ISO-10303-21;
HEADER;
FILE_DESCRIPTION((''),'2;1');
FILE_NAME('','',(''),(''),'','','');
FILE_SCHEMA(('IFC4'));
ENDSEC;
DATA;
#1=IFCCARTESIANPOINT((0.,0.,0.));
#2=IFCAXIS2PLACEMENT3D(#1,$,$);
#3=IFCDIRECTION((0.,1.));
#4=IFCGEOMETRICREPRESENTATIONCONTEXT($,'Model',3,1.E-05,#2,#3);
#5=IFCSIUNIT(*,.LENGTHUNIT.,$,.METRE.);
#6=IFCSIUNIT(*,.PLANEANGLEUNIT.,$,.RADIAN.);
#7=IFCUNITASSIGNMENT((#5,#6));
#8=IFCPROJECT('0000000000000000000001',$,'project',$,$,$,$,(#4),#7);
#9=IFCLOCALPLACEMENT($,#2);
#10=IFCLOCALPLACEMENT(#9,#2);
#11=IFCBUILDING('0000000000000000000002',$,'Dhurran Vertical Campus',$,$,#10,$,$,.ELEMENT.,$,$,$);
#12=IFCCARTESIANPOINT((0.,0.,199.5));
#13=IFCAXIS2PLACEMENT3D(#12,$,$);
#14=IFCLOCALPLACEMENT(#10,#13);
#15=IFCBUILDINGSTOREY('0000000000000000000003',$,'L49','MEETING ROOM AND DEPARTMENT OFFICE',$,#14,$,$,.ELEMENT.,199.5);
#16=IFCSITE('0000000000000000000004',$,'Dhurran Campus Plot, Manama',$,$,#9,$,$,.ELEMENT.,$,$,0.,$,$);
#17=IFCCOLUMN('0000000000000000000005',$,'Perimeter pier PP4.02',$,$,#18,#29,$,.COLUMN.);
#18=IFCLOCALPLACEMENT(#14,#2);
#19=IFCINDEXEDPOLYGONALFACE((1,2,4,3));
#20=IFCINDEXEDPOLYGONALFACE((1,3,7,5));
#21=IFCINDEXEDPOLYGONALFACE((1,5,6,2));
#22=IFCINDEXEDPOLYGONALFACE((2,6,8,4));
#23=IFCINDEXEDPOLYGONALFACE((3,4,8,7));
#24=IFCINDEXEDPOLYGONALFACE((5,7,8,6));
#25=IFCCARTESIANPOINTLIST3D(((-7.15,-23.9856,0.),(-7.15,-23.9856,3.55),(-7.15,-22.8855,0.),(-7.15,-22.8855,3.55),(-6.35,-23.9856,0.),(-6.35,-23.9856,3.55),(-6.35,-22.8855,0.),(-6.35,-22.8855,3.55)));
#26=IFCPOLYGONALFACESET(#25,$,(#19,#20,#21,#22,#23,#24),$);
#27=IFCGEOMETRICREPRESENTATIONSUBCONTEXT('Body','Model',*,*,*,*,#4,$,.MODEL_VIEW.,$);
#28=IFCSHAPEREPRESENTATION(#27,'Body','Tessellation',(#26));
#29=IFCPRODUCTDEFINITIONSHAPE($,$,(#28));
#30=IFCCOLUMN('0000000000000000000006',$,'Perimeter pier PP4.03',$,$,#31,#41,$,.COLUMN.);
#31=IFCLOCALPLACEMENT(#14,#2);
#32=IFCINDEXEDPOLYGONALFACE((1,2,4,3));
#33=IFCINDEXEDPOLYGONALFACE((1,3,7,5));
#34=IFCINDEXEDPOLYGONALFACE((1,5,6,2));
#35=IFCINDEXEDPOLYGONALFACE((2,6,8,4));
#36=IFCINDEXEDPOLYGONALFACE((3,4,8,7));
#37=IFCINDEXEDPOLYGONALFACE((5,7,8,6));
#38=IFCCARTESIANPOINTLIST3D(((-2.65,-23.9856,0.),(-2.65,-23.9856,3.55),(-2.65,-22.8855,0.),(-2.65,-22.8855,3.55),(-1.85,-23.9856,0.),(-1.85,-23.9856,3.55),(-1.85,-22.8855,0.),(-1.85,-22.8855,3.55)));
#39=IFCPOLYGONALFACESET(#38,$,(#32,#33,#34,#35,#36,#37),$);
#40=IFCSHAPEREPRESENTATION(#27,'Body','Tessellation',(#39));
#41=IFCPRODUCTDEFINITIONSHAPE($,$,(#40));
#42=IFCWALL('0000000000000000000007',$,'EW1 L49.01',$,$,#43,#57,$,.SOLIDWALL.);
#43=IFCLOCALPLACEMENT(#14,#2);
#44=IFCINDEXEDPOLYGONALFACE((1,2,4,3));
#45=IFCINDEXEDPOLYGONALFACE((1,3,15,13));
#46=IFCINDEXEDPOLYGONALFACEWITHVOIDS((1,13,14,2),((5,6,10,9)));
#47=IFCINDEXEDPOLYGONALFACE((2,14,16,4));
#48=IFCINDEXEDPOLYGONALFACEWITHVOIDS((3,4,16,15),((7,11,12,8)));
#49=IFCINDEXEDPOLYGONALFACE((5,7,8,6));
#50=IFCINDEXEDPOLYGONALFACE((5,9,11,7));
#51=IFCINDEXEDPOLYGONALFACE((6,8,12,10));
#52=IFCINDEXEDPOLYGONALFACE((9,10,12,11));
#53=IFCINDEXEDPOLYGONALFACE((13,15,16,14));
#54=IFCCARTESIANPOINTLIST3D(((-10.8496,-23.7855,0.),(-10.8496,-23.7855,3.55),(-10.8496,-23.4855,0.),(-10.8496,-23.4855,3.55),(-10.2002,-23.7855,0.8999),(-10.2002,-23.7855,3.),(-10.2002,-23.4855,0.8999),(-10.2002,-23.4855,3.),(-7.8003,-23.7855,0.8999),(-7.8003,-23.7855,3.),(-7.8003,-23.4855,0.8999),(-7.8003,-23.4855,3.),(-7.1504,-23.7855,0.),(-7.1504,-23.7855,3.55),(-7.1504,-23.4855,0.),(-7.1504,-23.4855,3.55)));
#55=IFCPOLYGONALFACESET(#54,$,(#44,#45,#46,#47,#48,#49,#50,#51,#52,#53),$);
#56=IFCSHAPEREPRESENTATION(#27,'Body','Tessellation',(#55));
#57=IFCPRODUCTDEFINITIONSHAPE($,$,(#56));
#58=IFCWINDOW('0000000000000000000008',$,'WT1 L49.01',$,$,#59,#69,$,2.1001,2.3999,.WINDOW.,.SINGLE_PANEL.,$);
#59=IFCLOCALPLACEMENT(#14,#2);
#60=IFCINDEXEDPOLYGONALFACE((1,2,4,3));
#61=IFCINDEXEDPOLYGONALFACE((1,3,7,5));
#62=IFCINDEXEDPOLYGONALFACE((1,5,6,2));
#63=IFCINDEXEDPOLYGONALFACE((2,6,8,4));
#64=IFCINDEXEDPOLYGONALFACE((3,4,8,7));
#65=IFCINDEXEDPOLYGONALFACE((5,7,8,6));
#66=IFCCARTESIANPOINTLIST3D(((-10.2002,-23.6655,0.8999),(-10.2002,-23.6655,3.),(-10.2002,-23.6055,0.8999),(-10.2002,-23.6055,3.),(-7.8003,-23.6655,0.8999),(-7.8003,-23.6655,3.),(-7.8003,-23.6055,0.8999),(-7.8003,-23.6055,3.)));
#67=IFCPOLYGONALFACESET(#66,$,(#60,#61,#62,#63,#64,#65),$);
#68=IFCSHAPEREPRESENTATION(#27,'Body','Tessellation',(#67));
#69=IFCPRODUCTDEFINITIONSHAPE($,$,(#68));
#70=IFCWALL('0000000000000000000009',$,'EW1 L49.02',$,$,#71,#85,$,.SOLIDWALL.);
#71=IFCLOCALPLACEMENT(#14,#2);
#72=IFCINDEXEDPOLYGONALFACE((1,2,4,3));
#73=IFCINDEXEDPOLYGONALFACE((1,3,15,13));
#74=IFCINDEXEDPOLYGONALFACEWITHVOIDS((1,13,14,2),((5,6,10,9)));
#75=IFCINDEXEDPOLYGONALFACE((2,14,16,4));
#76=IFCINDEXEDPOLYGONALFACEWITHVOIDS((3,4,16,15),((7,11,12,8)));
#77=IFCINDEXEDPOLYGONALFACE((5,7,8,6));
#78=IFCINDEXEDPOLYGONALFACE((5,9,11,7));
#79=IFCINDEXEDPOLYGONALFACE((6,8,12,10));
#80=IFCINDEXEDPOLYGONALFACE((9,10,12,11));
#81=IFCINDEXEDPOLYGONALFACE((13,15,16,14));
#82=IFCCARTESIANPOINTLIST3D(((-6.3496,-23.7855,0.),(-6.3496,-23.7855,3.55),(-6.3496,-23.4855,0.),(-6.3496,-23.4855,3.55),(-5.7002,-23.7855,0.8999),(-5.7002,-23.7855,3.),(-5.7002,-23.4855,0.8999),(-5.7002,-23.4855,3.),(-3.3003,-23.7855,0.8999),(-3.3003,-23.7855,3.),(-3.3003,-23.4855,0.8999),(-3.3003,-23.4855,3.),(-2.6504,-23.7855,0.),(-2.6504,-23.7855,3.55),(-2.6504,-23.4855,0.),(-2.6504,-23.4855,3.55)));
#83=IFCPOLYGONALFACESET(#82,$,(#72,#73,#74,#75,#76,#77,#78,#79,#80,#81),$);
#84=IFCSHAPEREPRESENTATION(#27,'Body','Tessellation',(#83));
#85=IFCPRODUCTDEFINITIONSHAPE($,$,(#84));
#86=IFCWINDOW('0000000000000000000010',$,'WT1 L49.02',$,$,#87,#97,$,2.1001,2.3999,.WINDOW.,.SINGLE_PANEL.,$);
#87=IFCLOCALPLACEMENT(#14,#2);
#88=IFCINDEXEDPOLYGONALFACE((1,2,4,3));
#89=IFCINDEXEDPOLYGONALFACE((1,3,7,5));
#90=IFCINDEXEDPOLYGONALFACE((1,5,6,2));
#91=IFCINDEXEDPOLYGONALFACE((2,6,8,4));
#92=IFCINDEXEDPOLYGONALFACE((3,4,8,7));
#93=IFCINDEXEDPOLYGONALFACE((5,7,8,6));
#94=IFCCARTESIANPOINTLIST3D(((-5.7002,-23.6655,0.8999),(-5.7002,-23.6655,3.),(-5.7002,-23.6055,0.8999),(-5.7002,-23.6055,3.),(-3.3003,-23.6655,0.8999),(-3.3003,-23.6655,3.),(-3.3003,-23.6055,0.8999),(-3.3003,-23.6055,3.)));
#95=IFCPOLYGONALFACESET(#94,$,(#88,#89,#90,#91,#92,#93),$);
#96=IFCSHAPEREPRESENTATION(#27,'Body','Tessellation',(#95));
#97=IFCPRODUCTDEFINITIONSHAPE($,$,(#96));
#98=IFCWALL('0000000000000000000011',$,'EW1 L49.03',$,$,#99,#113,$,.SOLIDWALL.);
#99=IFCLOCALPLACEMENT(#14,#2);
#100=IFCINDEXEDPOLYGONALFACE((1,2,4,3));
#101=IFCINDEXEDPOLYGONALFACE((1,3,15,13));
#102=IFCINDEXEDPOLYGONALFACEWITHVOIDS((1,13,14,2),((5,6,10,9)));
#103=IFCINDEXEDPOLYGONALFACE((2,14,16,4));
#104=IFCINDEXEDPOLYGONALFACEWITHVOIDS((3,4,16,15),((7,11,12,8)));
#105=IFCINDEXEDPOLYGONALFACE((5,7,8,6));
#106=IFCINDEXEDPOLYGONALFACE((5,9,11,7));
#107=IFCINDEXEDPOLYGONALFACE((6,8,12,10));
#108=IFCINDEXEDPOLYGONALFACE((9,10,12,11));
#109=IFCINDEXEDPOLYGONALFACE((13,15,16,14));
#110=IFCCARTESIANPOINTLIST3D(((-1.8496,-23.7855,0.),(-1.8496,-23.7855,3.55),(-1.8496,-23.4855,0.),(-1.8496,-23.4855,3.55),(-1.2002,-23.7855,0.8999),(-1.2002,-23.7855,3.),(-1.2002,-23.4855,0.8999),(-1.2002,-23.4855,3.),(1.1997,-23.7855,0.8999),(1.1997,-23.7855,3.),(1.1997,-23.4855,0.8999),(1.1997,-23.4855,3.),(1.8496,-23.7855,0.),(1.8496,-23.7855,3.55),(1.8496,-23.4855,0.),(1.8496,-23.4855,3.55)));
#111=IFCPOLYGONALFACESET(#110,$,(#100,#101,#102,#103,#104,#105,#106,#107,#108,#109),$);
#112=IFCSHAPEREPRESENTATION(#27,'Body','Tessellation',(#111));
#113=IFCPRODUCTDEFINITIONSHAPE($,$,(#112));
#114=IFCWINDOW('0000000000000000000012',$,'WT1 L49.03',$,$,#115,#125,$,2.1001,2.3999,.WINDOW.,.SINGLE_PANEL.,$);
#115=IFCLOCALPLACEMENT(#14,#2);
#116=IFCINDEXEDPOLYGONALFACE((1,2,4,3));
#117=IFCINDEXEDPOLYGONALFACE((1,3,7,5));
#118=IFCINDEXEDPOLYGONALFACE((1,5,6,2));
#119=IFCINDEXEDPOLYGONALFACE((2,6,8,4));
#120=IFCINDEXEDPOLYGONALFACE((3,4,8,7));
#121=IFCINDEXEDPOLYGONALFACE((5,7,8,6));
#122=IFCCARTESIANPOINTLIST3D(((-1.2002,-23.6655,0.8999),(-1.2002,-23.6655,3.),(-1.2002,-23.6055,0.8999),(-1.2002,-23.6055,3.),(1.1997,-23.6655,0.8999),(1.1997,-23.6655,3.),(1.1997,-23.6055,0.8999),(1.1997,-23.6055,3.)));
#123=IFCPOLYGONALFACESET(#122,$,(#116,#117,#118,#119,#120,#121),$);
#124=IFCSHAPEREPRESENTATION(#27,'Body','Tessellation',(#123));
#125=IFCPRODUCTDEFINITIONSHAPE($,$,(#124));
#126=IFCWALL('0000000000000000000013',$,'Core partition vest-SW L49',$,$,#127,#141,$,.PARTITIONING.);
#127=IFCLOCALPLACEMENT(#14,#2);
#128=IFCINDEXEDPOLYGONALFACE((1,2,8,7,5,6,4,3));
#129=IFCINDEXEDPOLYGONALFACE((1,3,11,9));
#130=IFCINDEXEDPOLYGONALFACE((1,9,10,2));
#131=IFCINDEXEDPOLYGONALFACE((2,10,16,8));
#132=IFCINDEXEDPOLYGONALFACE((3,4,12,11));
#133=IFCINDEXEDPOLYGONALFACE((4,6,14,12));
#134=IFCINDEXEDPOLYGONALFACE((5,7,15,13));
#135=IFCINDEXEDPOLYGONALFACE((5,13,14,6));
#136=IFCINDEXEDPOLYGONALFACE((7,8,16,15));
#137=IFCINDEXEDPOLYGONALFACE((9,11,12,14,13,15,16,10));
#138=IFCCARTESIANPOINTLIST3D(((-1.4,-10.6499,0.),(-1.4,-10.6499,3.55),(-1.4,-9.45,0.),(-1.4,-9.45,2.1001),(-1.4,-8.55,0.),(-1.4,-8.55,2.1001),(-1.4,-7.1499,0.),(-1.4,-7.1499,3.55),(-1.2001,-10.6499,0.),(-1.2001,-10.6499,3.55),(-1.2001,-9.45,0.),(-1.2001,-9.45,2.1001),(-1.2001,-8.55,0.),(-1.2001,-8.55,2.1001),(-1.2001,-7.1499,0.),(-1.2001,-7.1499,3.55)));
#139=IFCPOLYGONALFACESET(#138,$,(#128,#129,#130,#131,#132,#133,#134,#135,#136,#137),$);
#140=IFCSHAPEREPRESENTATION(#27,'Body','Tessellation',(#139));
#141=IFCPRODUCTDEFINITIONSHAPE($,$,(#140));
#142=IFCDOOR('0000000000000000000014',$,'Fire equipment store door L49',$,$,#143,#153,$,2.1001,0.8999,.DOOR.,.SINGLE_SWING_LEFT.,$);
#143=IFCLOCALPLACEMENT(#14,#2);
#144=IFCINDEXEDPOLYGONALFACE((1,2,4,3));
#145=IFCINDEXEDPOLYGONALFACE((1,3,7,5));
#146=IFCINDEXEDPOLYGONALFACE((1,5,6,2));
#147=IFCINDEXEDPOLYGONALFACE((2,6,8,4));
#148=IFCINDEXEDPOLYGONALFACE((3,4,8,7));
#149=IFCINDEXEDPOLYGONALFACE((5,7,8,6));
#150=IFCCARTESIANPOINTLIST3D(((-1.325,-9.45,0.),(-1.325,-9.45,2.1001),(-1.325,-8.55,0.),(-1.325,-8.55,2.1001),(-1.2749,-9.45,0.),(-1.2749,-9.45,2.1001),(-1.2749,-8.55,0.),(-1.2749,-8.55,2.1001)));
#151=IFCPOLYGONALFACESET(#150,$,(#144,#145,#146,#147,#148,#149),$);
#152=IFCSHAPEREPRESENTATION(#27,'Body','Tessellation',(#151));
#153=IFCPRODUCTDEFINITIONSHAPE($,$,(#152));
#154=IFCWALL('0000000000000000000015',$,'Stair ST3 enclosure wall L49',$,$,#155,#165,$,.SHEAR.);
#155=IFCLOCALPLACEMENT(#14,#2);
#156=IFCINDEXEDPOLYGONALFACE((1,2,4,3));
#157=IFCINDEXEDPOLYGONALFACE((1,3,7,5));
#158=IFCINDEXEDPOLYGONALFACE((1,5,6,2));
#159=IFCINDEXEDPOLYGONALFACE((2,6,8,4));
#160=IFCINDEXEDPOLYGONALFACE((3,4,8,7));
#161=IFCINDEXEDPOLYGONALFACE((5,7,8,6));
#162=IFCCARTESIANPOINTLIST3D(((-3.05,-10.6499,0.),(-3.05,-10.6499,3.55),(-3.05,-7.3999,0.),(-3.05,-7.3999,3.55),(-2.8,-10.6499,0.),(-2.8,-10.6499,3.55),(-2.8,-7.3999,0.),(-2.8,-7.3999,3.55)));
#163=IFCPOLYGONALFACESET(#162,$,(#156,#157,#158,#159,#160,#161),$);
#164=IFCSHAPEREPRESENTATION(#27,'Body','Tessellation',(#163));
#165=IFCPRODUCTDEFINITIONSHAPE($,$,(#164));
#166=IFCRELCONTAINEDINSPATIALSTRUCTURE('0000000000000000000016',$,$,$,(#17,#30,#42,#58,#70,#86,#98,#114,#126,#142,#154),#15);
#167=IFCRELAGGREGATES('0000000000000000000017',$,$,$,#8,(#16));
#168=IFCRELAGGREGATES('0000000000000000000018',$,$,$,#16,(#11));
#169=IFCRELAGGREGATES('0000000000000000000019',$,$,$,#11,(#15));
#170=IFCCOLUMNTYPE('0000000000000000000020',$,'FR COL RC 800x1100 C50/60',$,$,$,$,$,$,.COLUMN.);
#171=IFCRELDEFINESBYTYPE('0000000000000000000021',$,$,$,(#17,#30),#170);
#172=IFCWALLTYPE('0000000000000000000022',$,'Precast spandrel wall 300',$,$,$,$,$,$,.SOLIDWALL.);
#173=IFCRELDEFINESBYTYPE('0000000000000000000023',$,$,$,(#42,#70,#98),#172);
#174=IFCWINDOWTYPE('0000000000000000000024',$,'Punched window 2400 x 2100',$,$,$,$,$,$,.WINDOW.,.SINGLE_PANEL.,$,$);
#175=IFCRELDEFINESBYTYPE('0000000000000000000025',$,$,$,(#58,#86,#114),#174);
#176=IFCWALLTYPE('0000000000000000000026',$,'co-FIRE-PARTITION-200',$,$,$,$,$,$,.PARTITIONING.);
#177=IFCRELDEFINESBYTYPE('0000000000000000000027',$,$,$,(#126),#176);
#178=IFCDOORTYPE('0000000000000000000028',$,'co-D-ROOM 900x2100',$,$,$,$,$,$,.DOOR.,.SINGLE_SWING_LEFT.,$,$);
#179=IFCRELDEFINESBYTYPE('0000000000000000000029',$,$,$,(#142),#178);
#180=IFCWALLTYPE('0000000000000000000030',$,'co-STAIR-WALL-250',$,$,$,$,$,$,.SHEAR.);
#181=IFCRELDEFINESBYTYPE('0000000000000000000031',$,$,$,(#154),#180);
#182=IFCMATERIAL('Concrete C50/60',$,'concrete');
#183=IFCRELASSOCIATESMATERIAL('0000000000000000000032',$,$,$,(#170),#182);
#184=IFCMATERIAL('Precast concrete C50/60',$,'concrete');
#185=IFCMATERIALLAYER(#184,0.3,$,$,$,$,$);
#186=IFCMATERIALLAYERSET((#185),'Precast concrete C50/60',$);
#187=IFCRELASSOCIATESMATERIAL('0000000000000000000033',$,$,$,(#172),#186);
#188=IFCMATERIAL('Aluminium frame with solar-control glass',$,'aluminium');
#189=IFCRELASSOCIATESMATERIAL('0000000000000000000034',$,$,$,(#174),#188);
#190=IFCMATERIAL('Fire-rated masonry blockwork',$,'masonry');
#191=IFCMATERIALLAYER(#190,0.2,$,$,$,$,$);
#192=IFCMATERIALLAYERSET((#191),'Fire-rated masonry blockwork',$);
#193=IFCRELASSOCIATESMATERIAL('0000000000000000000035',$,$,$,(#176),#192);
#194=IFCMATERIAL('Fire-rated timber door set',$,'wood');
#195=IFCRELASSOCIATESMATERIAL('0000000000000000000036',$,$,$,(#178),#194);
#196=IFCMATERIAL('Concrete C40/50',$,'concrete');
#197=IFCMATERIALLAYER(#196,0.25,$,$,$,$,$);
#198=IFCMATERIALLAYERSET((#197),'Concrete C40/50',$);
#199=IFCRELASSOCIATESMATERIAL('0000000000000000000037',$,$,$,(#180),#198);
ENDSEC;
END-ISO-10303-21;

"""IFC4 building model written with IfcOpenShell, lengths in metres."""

from ifc_helpers import new_model, si_unit, direction, frame, frame_2d, origin, origin_2d, place, context, subcontext, project, spatial, rectangle, extrude, material, layer, layer_set, material_profile, profile_set, type_object, element, fill, save


model = new_model("IFC4")

# Units and contexts
model_context = context("Model", 3, precision=1e-05, world=origin(), true_north=direction((0.0, 1.0)))
body_context = subcontext(model_context, "Body", "Model", "MODEL_VIEW")
ifc_project = project(units=[si_unit("LENGTHUNIT", "METRE"), si_unit("PLANEANGLEUNIT", "RADIAN")], contexts=[model_context])

# Site, building, storey
site_placement = place(None, origin())
site = spatial("IfcSite", under=ifc_project, at=site_placement, Name="Dhurran Campus Plot, Manama", CompositionType="ELEMENT", RefElevation=0.0)
building_placement = place(site_placement, origin())
building = spatial("IfcBuilding", under=site, at=building_placement, Name="Dhurran Vertical Campus", CompositionType="ELEMENT")
storey_placement = place(building_placement, frame((0.0, 0.0, 199.5)))
storey = spatial("IfcBuildingStorey", under=building, at=storey_placement, Name="L49", Description="MEETING ROOM AND DEPARTMENT OFFICE", CompositionType="ELEMENT", Elevation=199.5)

# Columns
ifc_material_1 = material(Name="Concrete C50/60", Category="concrete")
ifc_material_profile = material_profile(ifc_material_1, rectangle(XDim=0.8, YDim=1.1001, at=origin_2d()), Name="RC 800x1100")
ifc_profile_set = profile_set([ifc_material_profile], Name="Concrete C50/60")
column_type = type_object("IfcColumnType", Name="FR COL RC 800x1100 C50/60", PredefinedType="COLUMN", material=ifc_profile_set)
for number, where, z_axis, x_axis, name in (
    (1, (-6.75, -23.4355, 0.0), (0.0, 0.0, 1.0), (1.0, 0.0, 0.0), "Perimeter pier PP4.02"),
    (2, (-2.25, -23.4355, 0.0), (0.0, 0.0, 1.0), (1.0, 0.0, 0.0), "Perimeter pier PP4.03"),
):
    element("IfcColumn", number, at=place(storey_placement, frame(where, z_axis=z_axis, x_axis=x_axis)), inside=storey, type_object=column_type, Name=name, PredefinedType="COLUMN", context=body_context, shape_type="SweptSolid", body=[
        extrude(rectangle(XDim=0.8, YDim=1.1001, at=origin_2d()), origin(), (0.0, 0.0, 1.0), 3.55),
    ])

# Walls, openings, windows
ifc_material_2 = material(Name="Precast concrete C50/60", Category="concrete")
ifc_layer_1 = layer(ifc_material_2, 0.3)
ifc_layer_set_1 = layer_set([ifc_layer_1], Name="Precast concrete C50/60")
wall_type_1 = type_object("IfcWallType", Name="Precast spandrel wall 300", PredefinedType="SOLIDWALL", material=ifc_layer_set_1)
wall_1_placement = place(storey_placement, frame((-10.8496, -23.6355, 0.0), z_axis=(0.0, 0.0, 1.0), x_axis=(1.0, 0.0, 0.0)))
wall_1 = element("IfcWall", 3, at=wall_1_placement, inside=storey, type_object=wall_type_1, Name="EW1 L49.01", PredefinedType="SOLIDWALL", context=body_context, shape_type="SweptSolid", body=[
    extrude(rectangle(XDim=3.6992, YDim=0.3, at=frame_2d((1.8496, 0.0))), origin(), (0.0, 0.0, 1.0), 3.55),
])
opening_1_placement = place(wall_1_placement, frame((0.6494, 0.0, 0.8999)))
opening_1 = element("IfcOpeningElement", 4, at=opening_1_placement, cuts=wall_1, PredefinedType="OPENING", context=body_context, shape_type="SweptSolid", body=[
    extrude(rectangle(XDim=2.3999, YDim=2.1001, at=frame_2d((1.2, 1.05))), frame((0.0, 0.1599, 0.0), z_axis=(0.0, -1.0, 0.0), x_axis=(1.0, 0.0, 0.0)), (0.0, 0.0, 1.0), 0.3201),
])
ifc_material_3 = material(Name="Aluminium frame with solar-control glass", Category="aluminium")
window_type = type_object("IfcWindowType", Name="Punched window 2400 x 2100", PartitioningType="SINGLE_PANEL", PredefinedType="WINDOW", material=ifc_material_3)
window_1_placement = place(opening_1_placement, origin())
window_1 = element("IfcWindow", 5, at=window_1_placement, inside=storey, type_object=window_type, Name="WT1 L49.01", OverallHeight=2.1001, OverallWidth=2.3999, PartitioningType="SINGLE_PANEL", PredefinedType="WINDOW", context=body_context, shape_type="SweptSolid", body=[
    extrude(rectangle(XDim=2.3999, YDim=2.1001, at=frame_2d((1.2, 1.05))), frame((0.0, 0.03, 0.0), z_axis=(0.0, -1.0, 0.0), x_axis=(1.0, 0.0, 0.0)), (0.0, 0.0, 1.0), 0.0601),
])
fill(opening_1, window_1)
wall_2_placement = place(storey_placement, frame((-6.3496, -23.6355, 0.0), z_axis=(0.0, 0.0, 1.0), x_axis=(1.0, 0.0, 0.0)))
wall_2 = element("IfcWall", 6, at=wall_2_placement, inside=storey, type_object=wall_type_1, Name="EW1 L49.02", PredefinedType="SOLIDWALL", context=body_context, shape_type="SweptSolid", body=[
    extrude(rectangle(XDim=3.6992, YDim=0.3, at=frame_2d((1.8496, 0.0))), origin(), (0.0, 0.0, 1.0), 3.55),
])
opening_2_placement = place(wall_2_placement, frame((0.6494, 0.0, 0.8999)))
opening_2 = element("IfcOpeningElement", 7, at=opening_2_placement, cuts=wall_2, PredefinedType="OPENING", context=body_context, shape_type="SweptSolid", body=[
    extrude(rectangle(XDim=2.3999, YDim=2.1001, at=frame_2d((1.2, 1.05))), frame((0.0, 0.1599, 0.0), z_axis=(0.0, -1.0, 0.0), x_axis=(1.0, 0.0, 0.0)), (0.0, 0.0, 1.0), 0.3201),
])
window_2_placement = place(opening_2_placement, origin())
window_2 = element("IfcWindow", 8, at=window_2_placement, inside=storey, type_object=window_type, Name="WT1 L49.02", OverallHeight=2.1001, OverallWidth=2.3999, PartitioningType="SINGLE_PANEL", PredefinedType="WINDOW", context=body_context, shape_type="SweptSolid", body=[
    extrude(rectangle(XDim=2.3999, YDim=2.1001, at=frame_2d((1.2, 1.05))), frame((0.0, 0.03, 0.0), z_axis=(0.0, -1.0, 0.0), x_axis=(1.0, 0.0, 0.0)), (0.0, 0.0, 1.0), 0.0601),
])
fill(opening_2, window_2)
wall_3_placement = place(storey_placement, frame((-1.8496, -23.6355, 0.0), z_axis=(0.0, 0.0, 1.0), x_axis=(1.0, 0.0, 0.0)))
wall_3 = element("IfcWall", 9, at=wall_3_placement, inside=storey, type_object=wall_type_1, Name="EW1 L49.03", PredefinedType="SOLIDWALL", context=body_context, shape_type="SweptSolid", body=[
    extrude(rectangle(XDim=3.6992, YDim=0.3, at=frame_2d((1.8496, 0.0))), origin(), (0.0, 0.0, 1.0), 3.55),
])
opening_3_placement = place(wall_3_placement, frame((0.6494, 0.0, 0.8999)))
opening_3 = element("IfcOpeningElement", 10, at=opening_3_placement, cuts=wall_3, PredefinedType="OPENING", context=body_context, shape_type="SweptSolid", body=[
    extrude(rectangle(XDim=2.3999, YDim=2.1001, at=frame_2d((1.2, 1.05))), frame((0.0, 0.1599, 0.0), z_axis=(0.0, -1.0, 0.0), x_axis=(1.0, 0.0, 0.0)), (0.0, 0.0, 1.0), 0.3201),
])
window_3_placement = place(opening_3_placement, origin())
window_3 = element("IfcWindow", 11, at=window_3_placement, inside=storey, type_object=window_type, Name="WT1 L49.03", OverallHeight=2.1001, OverallWidth=2.3999, PartitioningType="SINGLE_PANEL", PredefinedType="WINDOW", context=body_context, shape_type="SweptSolid", body=[
    extrude(rectangle(XDim=2.3999, YDim=2.1001, at=frame_2d((1.2, 1.05))), frame((0.0, 0.03, 0.0), z_axis=(0.0, -1.0, 0.0), x_axis=(1.0, 0.0, 0.0)), (0.0, 0.0, 1.0), 0.0601),
])
fill(opening_3, window_3)

# Wall, opening, door
ifc_material_4 = material(Name="Fire-rated masonry blockwork", Category="masonry")
ifc_layer_2 = layer(ifc_material_4, 0.2)
ifc_layer_set_2 = layer_set([ifc_layer_2], Name="Fire-rated masonry blockwork")
wall_type_2 = type_object("IfcWallType", Name="co-FIRE-PARTITION-200", PredefinedType="PARTITIONING", material=ifc_layer_set_2)
wall_4_placement = place(storey_placement, frame((-1.3, -10.6499, 0.0), z_axis=(0.0, 0.0, 1.0), x_axis=(0.0, 1.0, 0.0)))
wall_4 = element("IfcWall", 12, at=wall_4_placement, inside=storey, type_object=wall_type_2, Name="Core partition vest-SW L49", PredefinedType="PARTITIONING", context=body_context, shape_type="SweptSolid", body=[
    extrude(rectangle(XDim=3.5, YDim=0.2, at=frame_2d((1.75, 0.0))), origin(), (0.0, 0.0, 1.0), 3.55),
])
opening_4_placement = place(wall_4_placement, frame((1.2, 0.0, 0.0)))
opening_4 = element("IfcOpeningElement", 13, at=opening_4_placement, cuts=wall_4, PredefinedType="OPENING", context=body_context, shape_type="SweptSolid", body=[
    extrude(rectangle(XDim=0.8999, YDim=2.1001, at=frame_2d((0.45, 1.05))), frame((0.0, 0.1099, 0.0), z_axis=(0.0, -1.0, 0.0), x_axis=(1.0, 0.0, 0.0)), (0.0, 0.0, 1.0), 0.22),
])
ifc_material_5 = material(Name="Fire-rated timber door set", Category="wood")
door_type_1 = type_object("IfcDoorType", Name="co-D-ROOM 900x2100", OperationType="SINGLE_SWING_LEFT", PredefinedType="DOOR", material=ifc_material_5)
door_1_placement = place(opening_4_placement, origin())
door_1 = element("IfcDoor", 14, at=door_1_placement, inside=storey, type_object=door_type_1, Name="Fire equipment store door L49", OperationType="SINGLE_SWING_LEFT", OverallHeight=2.1001, OverallWidth=0.8999, PredefinedType="DOOR", context=body_context, shape_type="SweptSolid", body=[
    extrude(rectangle(XDim=0.8999, YDim=2.1001, at=frame_2d((0.45, 1.05))), frame((0.0, 0.0249, 0.0), z_axis=(0.0, -1.0, 0.0), x_axis=(1.0, 0.0, 0.0)), (0.0, 0.0, 1.0), 0.05),
])
fill(opening_4, door_1)

# Wall
ifc_material_6 = material(Name="Concrete C40/50", Category="concrete")
ifc_layer_3 = layer(ifc_material_6, 0.25)
ifc_layer_set_3 = layer_set([ifc_layer_3], Name="Concrete C40/50")
wall_type_3 = type_object("IfcWallType", Name="co-STAIR-WALL-250", PredefinedType="SHEAR", material=ifc_layer_set_3)
wall_5_placement = place(storey_placement, frame((-2.925, -10.6499, 0.0), z_axis=(0.0, 0.0, 1.0), x_axis=(0.0, 1.0, 0.0)))
element("IfcWall", 15, at=wall_5_placement, inside=storey, type_object=wall_type_3, Name="Stair ST3 enclosure wall L49", PredefinedType="SHEAR", context=body_context, shape_type="SweptSolid", body=[
    extrude(rectangle(XDim=3.25, YDim=0.25, at=frame_2d((1.625, 0.0))), origin(), (0.0, 0.0, 1.0), 3.55),
])

save(model, "model.ifc")
